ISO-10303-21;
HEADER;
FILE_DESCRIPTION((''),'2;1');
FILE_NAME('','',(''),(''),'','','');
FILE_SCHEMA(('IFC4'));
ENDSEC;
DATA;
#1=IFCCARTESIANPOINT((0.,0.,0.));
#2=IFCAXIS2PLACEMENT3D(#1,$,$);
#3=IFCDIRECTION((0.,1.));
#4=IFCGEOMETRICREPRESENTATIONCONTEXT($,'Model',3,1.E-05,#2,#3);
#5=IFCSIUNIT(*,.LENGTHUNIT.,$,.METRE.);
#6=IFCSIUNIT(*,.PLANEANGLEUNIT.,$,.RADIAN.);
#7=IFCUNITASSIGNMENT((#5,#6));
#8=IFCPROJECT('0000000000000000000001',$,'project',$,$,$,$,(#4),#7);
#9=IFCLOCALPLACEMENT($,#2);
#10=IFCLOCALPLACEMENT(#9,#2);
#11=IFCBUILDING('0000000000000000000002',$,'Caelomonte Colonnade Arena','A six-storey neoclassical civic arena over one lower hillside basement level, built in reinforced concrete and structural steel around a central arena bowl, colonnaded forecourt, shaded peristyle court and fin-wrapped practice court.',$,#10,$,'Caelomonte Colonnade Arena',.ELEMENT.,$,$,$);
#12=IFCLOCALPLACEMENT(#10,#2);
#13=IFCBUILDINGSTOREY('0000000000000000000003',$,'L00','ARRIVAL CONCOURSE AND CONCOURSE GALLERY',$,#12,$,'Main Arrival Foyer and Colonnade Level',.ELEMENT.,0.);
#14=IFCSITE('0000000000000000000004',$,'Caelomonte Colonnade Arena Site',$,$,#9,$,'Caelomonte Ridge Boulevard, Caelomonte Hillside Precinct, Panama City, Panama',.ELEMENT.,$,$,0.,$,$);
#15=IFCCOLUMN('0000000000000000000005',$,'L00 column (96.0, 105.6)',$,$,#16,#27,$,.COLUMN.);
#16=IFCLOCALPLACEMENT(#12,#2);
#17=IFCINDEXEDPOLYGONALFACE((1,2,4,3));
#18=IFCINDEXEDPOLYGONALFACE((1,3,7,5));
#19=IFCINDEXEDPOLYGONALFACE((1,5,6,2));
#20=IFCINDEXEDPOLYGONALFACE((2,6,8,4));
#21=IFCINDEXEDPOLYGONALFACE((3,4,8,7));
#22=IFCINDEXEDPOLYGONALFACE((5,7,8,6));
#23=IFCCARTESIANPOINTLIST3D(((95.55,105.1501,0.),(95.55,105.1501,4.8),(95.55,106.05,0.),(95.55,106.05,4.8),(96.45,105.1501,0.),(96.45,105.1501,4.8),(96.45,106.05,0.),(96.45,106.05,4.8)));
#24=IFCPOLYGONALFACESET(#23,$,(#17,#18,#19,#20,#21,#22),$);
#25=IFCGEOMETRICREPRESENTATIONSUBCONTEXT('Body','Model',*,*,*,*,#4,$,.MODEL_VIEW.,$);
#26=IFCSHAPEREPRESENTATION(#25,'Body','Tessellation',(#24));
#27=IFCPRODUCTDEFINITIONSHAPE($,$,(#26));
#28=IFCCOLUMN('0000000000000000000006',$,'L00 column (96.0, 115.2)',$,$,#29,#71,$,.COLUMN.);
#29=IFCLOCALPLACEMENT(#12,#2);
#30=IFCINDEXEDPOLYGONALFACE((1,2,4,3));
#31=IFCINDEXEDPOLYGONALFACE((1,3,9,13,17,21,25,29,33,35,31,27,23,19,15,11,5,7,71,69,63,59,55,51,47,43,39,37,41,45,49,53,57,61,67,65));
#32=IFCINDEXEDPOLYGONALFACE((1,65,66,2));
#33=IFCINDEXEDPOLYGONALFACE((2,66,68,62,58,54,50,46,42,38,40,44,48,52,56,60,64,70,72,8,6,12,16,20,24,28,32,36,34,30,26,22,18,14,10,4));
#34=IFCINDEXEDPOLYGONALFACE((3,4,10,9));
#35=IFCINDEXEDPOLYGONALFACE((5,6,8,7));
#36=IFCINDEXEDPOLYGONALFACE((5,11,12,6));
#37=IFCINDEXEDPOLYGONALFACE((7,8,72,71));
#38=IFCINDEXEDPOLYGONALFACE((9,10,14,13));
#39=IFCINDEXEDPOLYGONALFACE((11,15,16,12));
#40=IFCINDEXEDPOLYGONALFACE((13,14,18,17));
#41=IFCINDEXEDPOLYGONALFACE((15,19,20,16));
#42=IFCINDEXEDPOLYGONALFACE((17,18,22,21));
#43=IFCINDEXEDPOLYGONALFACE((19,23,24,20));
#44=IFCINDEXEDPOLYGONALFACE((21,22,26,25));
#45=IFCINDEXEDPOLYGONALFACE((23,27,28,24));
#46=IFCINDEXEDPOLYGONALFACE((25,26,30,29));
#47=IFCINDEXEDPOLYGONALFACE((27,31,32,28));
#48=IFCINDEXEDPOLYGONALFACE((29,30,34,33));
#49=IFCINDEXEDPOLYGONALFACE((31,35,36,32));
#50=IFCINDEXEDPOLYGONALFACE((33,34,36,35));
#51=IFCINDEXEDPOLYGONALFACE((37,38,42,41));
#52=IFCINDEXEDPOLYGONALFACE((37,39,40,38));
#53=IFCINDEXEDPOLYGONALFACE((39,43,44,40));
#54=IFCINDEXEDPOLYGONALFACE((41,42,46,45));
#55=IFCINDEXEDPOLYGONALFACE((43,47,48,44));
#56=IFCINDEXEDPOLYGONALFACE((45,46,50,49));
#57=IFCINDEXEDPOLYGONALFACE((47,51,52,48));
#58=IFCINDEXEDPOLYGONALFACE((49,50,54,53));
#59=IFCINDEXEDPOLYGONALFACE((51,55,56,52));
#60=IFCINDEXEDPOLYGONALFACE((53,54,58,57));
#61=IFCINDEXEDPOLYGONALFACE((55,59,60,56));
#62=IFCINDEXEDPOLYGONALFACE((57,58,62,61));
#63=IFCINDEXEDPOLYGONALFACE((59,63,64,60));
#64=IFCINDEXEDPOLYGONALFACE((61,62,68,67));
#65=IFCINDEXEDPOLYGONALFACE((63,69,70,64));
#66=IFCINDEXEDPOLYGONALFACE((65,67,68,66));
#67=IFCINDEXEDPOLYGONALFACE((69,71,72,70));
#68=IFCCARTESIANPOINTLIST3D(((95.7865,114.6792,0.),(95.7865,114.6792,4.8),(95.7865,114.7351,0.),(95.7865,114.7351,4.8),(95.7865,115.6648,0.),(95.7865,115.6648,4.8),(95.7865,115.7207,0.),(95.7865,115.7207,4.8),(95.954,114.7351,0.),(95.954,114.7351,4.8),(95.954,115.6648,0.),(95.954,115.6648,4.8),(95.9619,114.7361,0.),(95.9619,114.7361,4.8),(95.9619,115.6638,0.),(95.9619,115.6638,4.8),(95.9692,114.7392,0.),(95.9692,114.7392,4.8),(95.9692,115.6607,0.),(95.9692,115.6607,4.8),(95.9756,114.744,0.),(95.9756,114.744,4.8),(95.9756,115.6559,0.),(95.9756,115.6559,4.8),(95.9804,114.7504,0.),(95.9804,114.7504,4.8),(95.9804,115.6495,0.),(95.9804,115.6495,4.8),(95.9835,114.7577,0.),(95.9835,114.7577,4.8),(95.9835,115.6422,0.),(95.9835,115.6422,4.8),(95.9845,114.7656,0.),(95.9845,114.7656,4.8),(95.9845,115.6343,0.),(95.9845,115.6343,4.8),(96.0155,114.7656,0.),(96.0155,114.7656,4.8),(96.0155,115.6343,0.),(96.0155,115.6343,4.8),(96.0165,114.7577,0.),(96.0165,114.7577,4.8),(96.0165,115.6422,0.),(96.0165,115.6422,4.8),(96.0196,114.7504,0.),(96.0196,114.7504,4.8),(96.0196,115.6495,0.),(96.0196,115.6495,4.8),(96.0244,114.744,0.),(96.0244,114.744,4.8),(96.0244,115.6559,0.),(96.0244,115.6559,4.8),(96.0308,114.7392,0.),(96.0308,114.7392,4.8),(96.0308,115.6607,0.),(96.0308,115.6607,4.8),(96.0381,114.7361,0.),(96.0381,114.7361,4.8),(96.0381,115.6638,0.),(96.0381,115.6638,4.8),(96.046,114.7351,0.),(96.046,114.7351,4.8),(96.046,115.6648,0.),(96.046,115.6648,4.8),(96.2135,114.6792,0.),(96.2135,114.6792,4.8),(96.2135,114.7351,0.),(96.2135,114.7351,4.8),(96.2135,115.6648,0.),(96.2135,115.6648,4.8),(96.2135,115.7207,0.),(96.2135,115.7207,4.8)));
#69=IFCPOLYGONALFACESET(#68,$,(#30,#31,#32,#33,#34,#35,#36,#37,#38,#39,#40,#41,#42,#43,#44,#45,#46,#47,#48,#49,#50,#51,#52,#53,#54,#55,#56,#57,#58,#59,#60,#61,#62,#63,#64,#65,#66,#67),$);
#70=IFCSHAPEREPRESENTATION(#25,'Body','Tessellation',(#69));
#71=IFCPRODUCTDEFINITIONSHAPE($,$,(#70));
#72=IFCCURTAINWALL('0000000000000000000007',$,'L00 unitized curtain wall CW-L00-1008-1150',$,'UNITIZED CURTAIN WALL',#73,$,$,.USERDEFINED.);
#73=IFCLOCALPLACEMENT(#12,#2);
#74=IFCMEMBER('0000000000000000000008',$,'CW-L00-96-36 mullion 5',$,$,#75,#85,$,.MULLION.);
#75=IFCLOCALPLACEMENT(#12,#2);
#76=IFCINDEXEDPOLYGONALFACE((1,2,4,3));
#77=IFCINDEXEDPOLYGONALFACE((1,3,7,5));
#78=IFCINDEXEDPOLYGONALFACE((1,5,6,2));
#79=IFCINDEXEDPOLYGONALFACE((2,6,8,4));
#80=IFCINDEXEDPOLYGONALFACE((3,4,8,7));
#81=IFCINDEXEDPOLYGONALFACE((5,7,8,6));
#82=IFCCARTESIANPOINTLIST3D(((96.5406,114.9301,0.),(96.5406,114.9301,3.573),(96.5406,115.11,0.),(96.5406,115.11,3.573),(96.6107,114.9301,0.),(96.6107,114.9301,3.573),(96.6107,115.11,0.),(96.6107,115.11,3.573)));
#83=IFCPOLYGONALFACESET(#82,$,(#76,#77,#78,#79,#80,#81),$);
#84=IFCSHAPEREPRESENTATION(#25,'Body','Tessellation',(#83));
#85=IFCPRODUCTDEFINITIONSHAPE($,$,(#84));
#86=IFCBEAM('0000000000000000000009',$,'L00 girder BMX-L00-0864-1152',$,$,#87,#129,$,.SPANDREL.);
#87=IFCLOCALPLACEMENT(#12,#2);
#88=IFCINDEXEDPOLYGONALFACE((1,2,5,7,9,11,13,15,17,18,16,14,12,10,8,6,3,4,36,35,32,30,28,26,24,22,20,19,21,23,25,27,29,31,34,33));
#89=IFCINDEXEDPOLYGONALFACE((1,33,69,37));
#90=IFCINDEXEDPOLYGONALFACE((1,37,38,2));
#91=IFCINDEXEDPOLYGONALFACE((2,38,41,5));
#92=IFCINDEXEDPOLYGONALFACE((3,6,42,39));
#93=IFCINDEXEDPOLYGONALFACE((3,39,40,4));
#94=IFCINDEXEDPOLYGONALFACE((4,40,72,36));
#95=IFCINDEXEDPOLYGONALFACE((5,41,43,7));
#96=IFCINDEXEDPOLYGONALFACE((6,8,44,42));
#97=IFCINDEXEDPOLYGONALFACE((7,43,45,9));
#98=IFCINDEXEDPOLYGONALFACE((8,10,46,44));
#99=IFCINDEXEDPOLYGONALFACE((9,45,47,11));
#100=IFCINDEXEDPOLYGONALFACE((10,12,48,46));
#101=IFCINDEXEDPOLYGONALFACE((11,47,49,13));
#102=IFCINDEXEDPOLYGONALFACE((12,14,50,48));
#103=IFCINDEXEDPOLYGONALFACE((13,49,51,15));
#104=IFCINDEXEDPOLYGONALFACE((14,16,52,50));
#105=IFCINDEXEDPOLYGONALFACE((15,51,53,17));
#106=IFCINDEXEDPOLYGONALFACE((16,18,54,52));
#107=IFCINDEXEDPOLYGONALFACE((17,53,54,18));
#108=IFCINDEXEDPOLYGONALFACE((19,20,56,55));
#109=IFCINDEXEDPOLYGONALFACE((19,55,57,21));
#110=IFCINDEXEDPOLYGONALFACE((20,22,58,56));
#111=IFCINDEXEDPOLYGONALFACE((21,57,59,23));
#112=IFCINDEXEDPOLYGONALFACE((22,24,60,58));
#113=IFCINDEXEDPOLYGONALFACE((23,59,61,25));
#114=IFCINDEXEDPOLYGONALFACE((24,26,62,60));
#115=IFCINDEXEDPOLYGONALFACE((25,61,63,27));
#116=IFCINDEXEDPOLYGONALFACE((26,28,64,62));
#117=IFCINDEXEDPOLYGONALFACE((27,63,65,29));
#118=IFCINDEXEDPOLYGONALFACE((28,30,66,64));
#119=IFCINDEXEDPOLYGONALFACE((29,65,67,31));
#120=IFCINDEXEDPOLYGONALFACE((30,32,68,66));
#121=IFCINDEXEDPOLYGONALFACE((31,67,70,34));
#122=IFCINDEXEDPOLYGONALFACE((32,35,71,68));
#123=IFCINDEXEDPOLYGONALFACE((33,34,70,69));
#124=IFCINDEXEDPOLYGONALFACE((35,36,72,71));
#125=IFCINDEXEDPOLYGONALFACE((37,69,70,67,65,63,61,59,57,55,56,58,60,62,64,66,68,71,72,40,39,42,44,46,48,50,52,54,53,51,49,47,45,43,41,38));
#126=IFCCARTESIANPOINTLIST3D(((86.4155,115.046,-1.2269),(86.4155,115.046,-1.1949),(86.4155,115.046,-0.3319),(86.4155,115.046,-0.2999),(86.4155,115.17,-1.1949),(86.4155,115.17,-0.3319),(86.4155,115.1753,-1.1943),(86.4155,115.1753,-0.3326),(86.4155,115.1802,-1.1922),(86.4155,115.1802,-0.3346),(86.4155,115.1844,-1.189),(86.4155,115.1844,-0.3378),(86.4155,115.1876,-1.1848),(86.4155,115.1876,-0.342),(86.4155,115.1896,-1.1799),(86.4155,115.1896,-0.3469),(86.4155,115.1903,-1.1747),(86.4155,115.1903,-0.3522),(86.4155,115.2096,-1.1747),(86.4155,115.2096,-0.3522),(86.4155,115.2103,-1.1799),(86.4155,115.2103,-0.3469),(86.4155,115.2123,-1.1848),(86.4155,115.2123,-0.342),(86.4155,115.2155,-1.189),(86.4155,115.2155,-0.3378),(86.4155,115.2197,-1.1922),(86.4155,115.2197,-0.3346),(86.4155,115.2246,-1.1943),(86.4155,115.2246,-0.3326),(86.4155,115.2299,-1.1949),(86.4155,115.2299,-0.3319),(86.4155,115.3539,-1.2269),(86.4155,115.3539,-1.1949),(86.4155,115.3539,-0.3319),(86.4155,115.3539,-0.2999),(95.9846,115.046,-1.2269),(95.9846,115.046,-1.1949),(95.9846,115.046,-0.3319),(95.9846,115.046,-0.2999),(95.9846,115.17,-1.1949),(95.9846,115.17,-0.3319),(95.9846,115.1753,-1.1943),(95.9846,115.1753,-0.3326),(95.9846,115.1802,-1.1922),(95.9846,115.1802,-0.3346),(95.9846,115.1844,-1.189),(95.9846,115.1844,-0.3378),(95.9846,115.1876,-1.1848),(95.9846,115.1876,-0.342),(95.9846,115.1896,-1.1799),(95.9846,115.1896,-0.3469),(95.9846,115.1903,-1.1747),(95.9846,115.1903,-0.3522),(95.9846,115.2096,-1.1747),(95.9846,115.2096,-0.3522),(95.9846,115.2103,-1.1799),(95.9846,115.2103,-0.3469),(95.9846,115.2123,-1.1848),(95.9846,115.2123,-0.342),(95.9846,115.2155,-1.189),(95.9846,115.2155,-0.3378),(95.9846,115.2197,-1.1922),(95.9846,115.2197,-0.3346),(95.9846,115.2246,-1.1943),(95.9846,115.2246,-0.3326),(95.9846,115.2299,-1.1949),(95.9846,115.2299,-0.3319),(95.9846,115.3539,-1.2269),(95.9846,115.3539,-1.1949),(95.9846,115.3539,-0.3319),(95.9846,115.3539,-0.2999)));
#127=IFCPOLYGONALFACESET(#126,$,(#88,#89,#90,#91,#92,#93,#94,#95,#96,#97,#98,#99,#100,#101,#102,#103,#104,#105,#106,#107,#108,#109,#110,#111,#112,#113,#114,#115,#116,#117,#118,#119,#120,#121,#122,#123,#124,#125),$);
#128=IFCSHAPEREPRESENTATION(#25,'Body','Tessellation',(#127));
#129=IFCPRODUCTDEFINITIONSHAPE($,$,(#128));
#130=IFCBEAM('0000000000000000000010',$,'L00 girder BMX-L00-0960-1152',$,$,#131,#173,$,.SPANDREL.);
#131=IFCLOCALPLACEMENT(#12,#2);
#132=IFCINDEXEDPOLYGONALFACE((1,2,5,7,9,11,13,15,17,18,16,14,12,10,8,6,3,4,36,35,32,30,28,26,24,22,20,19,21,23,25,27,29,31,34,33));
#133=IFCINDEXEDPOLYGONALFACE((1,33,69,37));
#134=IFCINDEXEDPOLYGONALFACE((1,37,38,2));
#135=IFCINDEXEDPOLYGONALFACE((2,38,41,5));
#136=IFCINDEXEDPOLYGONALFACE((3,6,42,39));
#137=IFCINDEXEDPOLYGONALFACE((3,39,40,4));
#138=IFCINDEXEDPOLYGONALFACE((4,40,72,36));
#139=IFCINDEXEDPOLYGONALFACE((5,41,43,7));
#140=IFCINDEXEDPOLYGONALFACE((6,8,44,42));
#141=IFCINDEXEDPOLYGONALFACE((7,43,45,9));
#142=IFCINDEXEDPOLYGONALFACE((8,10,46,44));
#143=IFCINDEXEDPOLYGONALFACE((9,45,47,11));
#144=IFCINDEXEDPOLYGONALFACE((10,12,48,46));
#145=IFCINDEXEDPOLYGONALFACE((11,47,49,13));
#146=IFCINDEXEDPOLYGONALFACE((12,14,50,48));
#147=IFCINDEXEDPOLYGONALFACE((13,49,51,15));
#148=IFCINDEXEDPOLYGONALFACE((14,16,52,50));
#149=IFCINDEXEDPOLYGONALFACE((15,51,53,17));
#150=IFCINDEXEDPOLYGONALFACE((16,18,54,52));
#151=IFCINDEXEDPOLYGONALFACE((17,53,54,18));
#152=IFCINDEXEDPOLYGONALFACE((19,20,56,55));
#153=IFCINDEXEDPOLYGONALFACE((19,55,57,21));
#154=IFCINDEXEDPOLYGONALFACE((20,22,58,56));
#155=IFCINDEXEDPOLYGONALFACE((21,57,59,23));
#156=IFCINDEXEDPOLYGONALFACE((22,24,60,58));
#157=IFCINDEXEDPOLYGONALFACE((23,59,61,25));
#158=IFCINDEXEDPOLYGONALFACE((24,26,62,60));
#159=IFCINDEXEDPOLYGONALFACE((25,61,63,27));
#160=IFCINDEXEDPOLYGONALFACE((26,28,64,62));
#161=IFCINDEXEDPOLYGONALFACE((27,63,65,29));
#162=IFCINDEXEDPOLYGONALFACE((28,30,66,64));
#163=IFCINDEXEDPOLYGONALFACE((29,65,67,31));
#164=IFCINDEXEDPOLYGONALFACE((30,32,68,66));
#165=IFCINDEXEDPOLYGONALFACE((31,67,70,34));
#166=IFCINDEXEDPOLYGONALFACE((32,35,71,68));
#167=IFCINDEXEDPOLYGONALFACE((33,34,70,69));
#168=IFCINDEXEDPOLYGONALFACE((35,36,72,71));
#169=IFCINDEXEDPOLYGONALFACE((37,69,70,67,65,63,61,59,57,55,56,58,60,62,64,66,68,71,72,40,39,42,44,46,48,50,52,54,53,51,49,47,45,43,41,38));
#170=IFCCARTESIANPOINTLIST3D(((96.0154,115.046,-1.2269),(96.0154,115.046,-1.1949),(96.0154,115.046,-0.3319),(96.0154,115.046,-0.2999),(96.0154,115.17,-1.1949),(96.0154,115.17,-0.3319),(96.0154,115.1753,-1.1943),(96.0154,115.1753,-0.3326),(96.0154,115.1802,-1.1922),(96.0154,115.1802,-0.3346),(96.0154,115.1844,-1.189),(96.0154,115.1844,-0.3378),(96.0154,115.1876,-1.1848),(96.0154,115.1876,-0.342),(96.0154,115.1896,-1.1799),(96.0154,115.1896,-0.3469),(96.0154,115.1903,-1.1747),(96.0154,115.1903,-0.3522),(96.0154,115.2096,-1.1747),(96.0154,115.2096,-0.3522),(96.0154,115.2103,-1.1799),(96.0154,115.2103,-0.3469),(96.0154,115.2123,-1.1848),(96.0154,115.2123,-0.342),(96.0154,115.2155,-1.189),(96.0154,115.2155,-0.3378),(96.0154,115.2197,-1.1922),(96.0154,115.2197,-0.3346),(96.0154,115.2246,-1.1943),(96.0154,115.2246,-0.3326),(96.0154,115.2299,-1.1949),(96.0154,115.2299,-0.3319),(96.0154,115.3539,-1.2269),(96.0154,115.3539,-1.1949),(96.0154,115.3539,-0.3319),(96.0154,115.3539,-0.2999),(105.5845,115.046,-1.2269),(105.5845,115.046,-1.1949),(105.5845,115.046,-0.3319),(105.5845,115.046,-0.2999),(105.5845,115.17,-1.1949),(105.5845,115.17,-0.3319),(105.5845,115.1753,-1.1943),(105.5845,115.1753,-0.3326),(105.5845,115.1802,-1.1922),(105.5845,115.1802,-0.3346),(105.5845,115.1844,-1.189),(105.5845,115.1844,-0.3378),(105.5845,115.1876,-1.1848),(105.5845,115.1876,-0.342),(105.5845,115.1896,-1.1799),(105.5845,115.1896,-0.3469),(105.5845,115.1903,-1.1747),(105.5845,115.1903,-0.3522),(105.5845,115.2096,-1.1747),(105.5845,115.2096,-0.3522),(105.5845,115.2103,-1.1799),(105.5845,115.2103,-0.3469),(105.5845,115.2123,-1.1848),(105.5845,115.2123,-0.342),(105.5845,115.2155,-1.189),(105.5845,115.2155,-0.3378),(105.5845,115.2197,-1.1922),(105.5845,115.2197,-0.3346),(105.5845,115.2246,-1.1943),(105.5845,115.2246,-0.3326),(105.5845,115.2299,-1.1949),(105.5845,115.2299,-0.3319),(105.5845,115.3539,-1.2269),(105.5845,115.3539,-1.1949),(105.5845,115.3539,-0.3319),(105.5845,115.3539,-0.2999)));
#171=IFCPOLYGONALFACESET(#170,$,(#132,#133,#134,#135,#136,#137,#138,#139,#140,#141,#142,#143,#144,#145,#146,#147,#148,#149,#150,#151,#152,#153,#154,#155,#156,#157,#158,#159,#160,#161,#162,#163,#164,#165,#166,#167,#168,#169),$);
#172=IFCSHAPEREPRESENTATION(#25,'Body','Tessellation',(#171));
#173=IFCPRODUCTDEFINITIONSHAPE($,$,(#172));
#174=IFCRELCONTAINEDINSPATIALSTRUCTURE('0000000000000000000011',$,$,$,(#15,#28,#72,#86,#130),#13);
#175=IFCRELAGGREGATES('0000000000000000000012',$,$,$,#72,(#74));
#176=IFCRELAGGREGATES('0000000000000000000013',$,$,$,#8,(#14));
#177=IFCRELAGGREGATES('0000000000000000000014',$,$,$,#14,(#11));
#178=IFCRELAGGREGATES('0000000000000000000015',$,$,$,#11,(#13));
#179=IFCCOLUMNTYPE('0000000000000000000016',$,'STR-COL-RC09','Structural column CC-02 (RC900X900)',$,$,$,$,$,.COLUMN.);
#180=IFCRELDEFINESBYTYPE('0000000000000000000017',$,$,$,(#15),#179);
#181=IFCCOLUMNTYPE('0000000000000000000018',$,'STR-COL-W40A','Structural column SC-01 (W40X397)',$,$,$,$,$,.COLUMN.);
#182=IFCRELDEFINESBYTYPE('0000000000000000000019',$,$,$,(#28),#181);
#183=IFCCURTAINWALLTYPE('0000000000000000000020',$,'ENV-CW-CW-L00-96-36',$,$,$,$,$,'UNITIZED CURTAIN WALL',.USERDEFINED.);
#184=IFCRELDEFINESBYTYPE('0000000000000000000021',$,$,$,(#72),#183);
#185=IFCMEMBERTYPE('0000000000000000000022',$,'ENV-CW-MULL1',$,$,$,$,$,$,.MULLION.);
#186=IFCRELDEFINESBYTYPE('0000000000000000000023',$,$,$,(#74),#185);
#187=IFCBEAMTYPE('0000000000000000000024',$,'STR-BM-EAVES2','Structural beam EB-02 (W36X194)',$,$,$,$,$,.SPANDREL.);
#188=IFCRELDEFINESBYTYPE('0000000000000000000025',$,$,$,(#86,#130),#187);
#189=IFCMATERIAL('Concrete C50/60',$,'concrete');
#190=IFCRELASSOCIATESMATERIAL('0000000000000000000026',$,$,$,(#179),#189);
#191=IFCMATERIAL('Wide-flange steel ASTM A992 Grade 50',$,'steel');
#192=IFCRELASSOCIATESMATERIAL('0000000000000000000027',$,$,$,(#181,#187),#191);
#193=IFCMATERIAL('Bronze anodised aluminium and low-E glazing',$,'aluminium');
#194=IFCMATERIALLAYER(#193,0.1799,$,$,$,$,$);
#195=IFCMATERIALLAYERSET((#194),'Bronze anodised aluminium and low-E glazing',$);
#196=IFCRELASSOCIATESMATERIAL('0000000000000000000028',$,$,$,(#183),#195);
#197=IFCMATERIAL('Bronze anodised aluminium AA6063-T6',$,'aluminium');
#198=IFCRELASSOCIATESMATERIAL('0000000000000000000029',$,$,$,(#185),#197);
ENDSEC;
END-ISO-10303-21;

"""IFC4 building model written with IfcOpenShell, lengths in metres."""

from ifc_helpers import new_model, si_unit, direction, frame, origin, origin_2d, place, context, subcontext, project, spatial, rectangle, i_section, extrude, material, layer, layer_set, material_profile, profile_set, type_object, element, aggregate, save


model = new_model("IFC4")

# Units and contexts
model_context = context("Model", 3, precision=1e-05, world=origin(), true_north=direction((0.0, 1.0)))
body_context = subcontext(model_context, "Body", "Model", "MODEL_VIEW")
ifc_project = project(units=[si_unit("LENGTHUNIT", "METRE"), si_unit("PLANEANGLEUNIT", "RADIAN")], contexts=[model_context])

# Site, building, storey
site_placement = place(None, origin())
site = spatial("IfcSite", under=ifc_project, at=site_placement, Name="Caelomonte Colonnade Arena Site", LongName="Caelomonte Ridge Boulevard, Caelomonte Hillside Precinct, Panama City, Panama", CompositionType="ELEMENT", RefElevation=0.0)
building_placement = place(site_placement, origin())
building = spatial("IfcBuilding", under=site, at=building_placement, Name="Caelomonte Colonnade Arena", Description="A six-storey neoclassical civic arena over one lower hillside basement level, built in reinforced concrete and structural steel around a central arena bowl, colonnaded forecourt, shaded peristyle court and fin-wrapped practice court.", LongName="Caelomonte Colonnade Arena", CompositionType="ELEMENT")
storey_placement = place(building_placement, origin())
storey = spatial("IfcBuildingStorey", under=building, at=storey_placement, Name="L00", Description="ARRIVAL CONCOURSE AND CONCOURSE GALLERY", LongName="Main Arrival Foyer and Colonnade Level", CompositionType="ELEMENT", Elevation=0.0)

# Columns
ifc_material_1 = material(Name="Concrete C50/60", Category="concrete")
ifc_material_profile_1 = material_profile(ifc_material_1, rectangle(XDim=0.8999, YDim=0.8999, at=origin_2d()), Name="RC900X900")
ifc_profile_set_1 = profile_set([ifc_material_profile_1], Name="Concrete C50/60")
column_type_1 = type_object("IfcColumnType", Name="STR-COL-RC09", Description="Structural column CC-02 (RC900X900)", PredefinedType="COLUMN", material=ifc_profile_set_1)
column_1_placement = place(storey_placement, frame((96.0, 105.6001, 0.0), z_axis=(0.0, 0.0, 1.0), x_axis=(1.0, 0.0, 0.0)))
element("IfcColumn", 1, at=column_1_placement, inside=storey, type_object=column_type_1, Name="L00 column (96.0, 105.6)", PredefinedType="COLUMN", context=body_context, shape_type="SweptSolid", body=[
    extrude(rectangle(XDim=0.8999, YDim=0.8999, at=origin_2d()), origin(), (0.0, 0.0, 1.0), 4.8),
])
ifc_material_2 = material(Name="Wide-flange steel ASTM A992 Grade 50", Category="steel")
ifc_material_profile_2 = material_profile(ifc_material_2, i_section(OverallWidth=0.427, OverallDepth=1.0415, WebThickness=0.031, FlangeThickness=0.0559, FilletRadius=0.0305, at=origin_2d()), Name="W40X397")
ifc_profile_set_2 = profile_set([ifc_material_profile_2], Name="Wide-flange steel ASTM A992 Grade 50")
column_type_2 = type_object("IfcColumnType", Name="STR-COL-W40A", Description="Structural column SC-01 (W40X397)", PredefinedType="COLUMN", material=ifc_profile_set_2)
column_2_placement = place(storey_placement, frame((96.0, 115.2, 0.0), z_axis=(0.0, 0.0, 1.0), x_axis=(1.0, 0.0, 0.0)))
element("IfcColumn", 2, at=column_2_placement, inside=storey, type_object=column_type_2, Name="L00 column (96.0, 115.2)", PredefinedType="COLUMN", context=body_context, shape_type="SweptSolid", body=[
    extrude(i_section(OverallWidth=0.427, OverallDepth=1.0415, WebThickness=0.031, FlangeThickness=0.0559, FilletRadius=0.0305, at=origin_2d()), origin(), (0.0, 0.0, 1.0), 4.8),
])

# Curtain wall, member
ifc_material_3 = material(Name="Bronze anodised aluminium and low-E glazing", Category="aluminium")
ifc_layer_1 = layer(ifc_material_3, 0.1799)
ifc_layer_set_1 = layer_set([ifc_layer_1], Name="Bronze anodised aluminium and low-E glazing")
curtain_wall_type = type_object("IfcCurtainWallType", Name="ENV-CW-CW-L00-96-36", ElementType="UNITIZED CURTAIN WALL", PredefinedType="USERDEFINED", material=ifc_layer_set_1)
curtain_wall_placement = place(storey_placement, origin())
curtain_wall = element("IfcCurtainWall", 3, at=curtain_wall_placement, inside=storey, type_object=curtain_wall_type, Name="L00 unitized curtain wall CW-L00-1008-1150", ObjectType="UNITIZED CURTAIN WALL", PredefinedType="USERDEFINED")
ifc_material_4 = material(Name="Bronze anodised aluminium AA6063-T6", Category="aluminium")
ifc_material_profile_3 = material_profile(ifc_material_4, rectangle(XDim=0.0701, YDim=0.1799, at=origin_2d()), Name="CWM-70X180")
ifc_profile_set_3 = profile_set([ifc_material_profile_3], Name="Bronze anodised aluminium AA6063-T6")
member_type = type_object("IfcMemberType", Name="ENV-CW-MULL1", PredefinedType="MULLION", material=ifc_profile_set_3)
member_placement = place(storey_placement, frame((96.5757, 115.02, 0.0), z_axis=(0.0, 0.0, 1.0), x_axis=(-1.0, 0.0, 0.0)))
member = element("IfcMember", 4, at=member_placement, type_object=member_type, Name="CW-L00-96-36 mullion 5", PredefinedType="MULLION", context=body_context, shape_type="SweptSolid", body=[
    extrude(rectangle(XDim=0.0701, YDim=0.1799, at=origin_2d()), origin(), (0.0, 0.0, 1.0), 3.573),
])

# Beams
ifc_material_profile_4 = material_profile(ifc_material_2, i_section(OverallWidth=0.3079, OverallDepth=0.927, WebThickness=0.0193, FlangeThickness=0.032, FilletRadius=0.0203, at=origin_2d()), Name="W36X194")
ifc_profile_set_4 = profile_set([ifc_material_profile_4], Name="Wide-flange steel ASTM A992 Grade 50")
beam_type_1 = type_object("IfcBeamType", Name="STR-BM-EAVES2", Description="Structural beam EB-02 (W36X194)", PredefinedType="SPANDREL", material=ifc_profile_set_4)
for number, where, z_axis, x_axis, name in (
    (5, (86.4155, 115.2, -0.7634), (1.0, 0.0, 0.0), (0.0, 1.0, 0.0), "L00 girder BMX-L00-0864-1152"),
    (6, (96.0154, 115.2, -0.7634), (1.0, 0.0, 0.0), (0.0, 1.0, 0.0), "L00 girder BMX-L00-0960-1152"),
):
    element("IfcBeam", number, at=place(storey_placement, frame(where, z_axis=z_axis, x_axis=x_axis)), inside=storey, type_object=beam_type_1, Name=name, PredefinedType="SPANDREL", context=body_context, shape_type="SweptSolid", body=[
        extrude(i_section(OverallWidth=0.3079, OverallDepth=0.927, WebThickness=0.0193, FlangeThickness=0.032, FilletRadius=0.0203, at=origin_2d()), origin(), (0.0, 0.0, 1.0), 9.5691),
    ])

aggregate(curtain_wall, [member])

save(model, "model.ifc")
